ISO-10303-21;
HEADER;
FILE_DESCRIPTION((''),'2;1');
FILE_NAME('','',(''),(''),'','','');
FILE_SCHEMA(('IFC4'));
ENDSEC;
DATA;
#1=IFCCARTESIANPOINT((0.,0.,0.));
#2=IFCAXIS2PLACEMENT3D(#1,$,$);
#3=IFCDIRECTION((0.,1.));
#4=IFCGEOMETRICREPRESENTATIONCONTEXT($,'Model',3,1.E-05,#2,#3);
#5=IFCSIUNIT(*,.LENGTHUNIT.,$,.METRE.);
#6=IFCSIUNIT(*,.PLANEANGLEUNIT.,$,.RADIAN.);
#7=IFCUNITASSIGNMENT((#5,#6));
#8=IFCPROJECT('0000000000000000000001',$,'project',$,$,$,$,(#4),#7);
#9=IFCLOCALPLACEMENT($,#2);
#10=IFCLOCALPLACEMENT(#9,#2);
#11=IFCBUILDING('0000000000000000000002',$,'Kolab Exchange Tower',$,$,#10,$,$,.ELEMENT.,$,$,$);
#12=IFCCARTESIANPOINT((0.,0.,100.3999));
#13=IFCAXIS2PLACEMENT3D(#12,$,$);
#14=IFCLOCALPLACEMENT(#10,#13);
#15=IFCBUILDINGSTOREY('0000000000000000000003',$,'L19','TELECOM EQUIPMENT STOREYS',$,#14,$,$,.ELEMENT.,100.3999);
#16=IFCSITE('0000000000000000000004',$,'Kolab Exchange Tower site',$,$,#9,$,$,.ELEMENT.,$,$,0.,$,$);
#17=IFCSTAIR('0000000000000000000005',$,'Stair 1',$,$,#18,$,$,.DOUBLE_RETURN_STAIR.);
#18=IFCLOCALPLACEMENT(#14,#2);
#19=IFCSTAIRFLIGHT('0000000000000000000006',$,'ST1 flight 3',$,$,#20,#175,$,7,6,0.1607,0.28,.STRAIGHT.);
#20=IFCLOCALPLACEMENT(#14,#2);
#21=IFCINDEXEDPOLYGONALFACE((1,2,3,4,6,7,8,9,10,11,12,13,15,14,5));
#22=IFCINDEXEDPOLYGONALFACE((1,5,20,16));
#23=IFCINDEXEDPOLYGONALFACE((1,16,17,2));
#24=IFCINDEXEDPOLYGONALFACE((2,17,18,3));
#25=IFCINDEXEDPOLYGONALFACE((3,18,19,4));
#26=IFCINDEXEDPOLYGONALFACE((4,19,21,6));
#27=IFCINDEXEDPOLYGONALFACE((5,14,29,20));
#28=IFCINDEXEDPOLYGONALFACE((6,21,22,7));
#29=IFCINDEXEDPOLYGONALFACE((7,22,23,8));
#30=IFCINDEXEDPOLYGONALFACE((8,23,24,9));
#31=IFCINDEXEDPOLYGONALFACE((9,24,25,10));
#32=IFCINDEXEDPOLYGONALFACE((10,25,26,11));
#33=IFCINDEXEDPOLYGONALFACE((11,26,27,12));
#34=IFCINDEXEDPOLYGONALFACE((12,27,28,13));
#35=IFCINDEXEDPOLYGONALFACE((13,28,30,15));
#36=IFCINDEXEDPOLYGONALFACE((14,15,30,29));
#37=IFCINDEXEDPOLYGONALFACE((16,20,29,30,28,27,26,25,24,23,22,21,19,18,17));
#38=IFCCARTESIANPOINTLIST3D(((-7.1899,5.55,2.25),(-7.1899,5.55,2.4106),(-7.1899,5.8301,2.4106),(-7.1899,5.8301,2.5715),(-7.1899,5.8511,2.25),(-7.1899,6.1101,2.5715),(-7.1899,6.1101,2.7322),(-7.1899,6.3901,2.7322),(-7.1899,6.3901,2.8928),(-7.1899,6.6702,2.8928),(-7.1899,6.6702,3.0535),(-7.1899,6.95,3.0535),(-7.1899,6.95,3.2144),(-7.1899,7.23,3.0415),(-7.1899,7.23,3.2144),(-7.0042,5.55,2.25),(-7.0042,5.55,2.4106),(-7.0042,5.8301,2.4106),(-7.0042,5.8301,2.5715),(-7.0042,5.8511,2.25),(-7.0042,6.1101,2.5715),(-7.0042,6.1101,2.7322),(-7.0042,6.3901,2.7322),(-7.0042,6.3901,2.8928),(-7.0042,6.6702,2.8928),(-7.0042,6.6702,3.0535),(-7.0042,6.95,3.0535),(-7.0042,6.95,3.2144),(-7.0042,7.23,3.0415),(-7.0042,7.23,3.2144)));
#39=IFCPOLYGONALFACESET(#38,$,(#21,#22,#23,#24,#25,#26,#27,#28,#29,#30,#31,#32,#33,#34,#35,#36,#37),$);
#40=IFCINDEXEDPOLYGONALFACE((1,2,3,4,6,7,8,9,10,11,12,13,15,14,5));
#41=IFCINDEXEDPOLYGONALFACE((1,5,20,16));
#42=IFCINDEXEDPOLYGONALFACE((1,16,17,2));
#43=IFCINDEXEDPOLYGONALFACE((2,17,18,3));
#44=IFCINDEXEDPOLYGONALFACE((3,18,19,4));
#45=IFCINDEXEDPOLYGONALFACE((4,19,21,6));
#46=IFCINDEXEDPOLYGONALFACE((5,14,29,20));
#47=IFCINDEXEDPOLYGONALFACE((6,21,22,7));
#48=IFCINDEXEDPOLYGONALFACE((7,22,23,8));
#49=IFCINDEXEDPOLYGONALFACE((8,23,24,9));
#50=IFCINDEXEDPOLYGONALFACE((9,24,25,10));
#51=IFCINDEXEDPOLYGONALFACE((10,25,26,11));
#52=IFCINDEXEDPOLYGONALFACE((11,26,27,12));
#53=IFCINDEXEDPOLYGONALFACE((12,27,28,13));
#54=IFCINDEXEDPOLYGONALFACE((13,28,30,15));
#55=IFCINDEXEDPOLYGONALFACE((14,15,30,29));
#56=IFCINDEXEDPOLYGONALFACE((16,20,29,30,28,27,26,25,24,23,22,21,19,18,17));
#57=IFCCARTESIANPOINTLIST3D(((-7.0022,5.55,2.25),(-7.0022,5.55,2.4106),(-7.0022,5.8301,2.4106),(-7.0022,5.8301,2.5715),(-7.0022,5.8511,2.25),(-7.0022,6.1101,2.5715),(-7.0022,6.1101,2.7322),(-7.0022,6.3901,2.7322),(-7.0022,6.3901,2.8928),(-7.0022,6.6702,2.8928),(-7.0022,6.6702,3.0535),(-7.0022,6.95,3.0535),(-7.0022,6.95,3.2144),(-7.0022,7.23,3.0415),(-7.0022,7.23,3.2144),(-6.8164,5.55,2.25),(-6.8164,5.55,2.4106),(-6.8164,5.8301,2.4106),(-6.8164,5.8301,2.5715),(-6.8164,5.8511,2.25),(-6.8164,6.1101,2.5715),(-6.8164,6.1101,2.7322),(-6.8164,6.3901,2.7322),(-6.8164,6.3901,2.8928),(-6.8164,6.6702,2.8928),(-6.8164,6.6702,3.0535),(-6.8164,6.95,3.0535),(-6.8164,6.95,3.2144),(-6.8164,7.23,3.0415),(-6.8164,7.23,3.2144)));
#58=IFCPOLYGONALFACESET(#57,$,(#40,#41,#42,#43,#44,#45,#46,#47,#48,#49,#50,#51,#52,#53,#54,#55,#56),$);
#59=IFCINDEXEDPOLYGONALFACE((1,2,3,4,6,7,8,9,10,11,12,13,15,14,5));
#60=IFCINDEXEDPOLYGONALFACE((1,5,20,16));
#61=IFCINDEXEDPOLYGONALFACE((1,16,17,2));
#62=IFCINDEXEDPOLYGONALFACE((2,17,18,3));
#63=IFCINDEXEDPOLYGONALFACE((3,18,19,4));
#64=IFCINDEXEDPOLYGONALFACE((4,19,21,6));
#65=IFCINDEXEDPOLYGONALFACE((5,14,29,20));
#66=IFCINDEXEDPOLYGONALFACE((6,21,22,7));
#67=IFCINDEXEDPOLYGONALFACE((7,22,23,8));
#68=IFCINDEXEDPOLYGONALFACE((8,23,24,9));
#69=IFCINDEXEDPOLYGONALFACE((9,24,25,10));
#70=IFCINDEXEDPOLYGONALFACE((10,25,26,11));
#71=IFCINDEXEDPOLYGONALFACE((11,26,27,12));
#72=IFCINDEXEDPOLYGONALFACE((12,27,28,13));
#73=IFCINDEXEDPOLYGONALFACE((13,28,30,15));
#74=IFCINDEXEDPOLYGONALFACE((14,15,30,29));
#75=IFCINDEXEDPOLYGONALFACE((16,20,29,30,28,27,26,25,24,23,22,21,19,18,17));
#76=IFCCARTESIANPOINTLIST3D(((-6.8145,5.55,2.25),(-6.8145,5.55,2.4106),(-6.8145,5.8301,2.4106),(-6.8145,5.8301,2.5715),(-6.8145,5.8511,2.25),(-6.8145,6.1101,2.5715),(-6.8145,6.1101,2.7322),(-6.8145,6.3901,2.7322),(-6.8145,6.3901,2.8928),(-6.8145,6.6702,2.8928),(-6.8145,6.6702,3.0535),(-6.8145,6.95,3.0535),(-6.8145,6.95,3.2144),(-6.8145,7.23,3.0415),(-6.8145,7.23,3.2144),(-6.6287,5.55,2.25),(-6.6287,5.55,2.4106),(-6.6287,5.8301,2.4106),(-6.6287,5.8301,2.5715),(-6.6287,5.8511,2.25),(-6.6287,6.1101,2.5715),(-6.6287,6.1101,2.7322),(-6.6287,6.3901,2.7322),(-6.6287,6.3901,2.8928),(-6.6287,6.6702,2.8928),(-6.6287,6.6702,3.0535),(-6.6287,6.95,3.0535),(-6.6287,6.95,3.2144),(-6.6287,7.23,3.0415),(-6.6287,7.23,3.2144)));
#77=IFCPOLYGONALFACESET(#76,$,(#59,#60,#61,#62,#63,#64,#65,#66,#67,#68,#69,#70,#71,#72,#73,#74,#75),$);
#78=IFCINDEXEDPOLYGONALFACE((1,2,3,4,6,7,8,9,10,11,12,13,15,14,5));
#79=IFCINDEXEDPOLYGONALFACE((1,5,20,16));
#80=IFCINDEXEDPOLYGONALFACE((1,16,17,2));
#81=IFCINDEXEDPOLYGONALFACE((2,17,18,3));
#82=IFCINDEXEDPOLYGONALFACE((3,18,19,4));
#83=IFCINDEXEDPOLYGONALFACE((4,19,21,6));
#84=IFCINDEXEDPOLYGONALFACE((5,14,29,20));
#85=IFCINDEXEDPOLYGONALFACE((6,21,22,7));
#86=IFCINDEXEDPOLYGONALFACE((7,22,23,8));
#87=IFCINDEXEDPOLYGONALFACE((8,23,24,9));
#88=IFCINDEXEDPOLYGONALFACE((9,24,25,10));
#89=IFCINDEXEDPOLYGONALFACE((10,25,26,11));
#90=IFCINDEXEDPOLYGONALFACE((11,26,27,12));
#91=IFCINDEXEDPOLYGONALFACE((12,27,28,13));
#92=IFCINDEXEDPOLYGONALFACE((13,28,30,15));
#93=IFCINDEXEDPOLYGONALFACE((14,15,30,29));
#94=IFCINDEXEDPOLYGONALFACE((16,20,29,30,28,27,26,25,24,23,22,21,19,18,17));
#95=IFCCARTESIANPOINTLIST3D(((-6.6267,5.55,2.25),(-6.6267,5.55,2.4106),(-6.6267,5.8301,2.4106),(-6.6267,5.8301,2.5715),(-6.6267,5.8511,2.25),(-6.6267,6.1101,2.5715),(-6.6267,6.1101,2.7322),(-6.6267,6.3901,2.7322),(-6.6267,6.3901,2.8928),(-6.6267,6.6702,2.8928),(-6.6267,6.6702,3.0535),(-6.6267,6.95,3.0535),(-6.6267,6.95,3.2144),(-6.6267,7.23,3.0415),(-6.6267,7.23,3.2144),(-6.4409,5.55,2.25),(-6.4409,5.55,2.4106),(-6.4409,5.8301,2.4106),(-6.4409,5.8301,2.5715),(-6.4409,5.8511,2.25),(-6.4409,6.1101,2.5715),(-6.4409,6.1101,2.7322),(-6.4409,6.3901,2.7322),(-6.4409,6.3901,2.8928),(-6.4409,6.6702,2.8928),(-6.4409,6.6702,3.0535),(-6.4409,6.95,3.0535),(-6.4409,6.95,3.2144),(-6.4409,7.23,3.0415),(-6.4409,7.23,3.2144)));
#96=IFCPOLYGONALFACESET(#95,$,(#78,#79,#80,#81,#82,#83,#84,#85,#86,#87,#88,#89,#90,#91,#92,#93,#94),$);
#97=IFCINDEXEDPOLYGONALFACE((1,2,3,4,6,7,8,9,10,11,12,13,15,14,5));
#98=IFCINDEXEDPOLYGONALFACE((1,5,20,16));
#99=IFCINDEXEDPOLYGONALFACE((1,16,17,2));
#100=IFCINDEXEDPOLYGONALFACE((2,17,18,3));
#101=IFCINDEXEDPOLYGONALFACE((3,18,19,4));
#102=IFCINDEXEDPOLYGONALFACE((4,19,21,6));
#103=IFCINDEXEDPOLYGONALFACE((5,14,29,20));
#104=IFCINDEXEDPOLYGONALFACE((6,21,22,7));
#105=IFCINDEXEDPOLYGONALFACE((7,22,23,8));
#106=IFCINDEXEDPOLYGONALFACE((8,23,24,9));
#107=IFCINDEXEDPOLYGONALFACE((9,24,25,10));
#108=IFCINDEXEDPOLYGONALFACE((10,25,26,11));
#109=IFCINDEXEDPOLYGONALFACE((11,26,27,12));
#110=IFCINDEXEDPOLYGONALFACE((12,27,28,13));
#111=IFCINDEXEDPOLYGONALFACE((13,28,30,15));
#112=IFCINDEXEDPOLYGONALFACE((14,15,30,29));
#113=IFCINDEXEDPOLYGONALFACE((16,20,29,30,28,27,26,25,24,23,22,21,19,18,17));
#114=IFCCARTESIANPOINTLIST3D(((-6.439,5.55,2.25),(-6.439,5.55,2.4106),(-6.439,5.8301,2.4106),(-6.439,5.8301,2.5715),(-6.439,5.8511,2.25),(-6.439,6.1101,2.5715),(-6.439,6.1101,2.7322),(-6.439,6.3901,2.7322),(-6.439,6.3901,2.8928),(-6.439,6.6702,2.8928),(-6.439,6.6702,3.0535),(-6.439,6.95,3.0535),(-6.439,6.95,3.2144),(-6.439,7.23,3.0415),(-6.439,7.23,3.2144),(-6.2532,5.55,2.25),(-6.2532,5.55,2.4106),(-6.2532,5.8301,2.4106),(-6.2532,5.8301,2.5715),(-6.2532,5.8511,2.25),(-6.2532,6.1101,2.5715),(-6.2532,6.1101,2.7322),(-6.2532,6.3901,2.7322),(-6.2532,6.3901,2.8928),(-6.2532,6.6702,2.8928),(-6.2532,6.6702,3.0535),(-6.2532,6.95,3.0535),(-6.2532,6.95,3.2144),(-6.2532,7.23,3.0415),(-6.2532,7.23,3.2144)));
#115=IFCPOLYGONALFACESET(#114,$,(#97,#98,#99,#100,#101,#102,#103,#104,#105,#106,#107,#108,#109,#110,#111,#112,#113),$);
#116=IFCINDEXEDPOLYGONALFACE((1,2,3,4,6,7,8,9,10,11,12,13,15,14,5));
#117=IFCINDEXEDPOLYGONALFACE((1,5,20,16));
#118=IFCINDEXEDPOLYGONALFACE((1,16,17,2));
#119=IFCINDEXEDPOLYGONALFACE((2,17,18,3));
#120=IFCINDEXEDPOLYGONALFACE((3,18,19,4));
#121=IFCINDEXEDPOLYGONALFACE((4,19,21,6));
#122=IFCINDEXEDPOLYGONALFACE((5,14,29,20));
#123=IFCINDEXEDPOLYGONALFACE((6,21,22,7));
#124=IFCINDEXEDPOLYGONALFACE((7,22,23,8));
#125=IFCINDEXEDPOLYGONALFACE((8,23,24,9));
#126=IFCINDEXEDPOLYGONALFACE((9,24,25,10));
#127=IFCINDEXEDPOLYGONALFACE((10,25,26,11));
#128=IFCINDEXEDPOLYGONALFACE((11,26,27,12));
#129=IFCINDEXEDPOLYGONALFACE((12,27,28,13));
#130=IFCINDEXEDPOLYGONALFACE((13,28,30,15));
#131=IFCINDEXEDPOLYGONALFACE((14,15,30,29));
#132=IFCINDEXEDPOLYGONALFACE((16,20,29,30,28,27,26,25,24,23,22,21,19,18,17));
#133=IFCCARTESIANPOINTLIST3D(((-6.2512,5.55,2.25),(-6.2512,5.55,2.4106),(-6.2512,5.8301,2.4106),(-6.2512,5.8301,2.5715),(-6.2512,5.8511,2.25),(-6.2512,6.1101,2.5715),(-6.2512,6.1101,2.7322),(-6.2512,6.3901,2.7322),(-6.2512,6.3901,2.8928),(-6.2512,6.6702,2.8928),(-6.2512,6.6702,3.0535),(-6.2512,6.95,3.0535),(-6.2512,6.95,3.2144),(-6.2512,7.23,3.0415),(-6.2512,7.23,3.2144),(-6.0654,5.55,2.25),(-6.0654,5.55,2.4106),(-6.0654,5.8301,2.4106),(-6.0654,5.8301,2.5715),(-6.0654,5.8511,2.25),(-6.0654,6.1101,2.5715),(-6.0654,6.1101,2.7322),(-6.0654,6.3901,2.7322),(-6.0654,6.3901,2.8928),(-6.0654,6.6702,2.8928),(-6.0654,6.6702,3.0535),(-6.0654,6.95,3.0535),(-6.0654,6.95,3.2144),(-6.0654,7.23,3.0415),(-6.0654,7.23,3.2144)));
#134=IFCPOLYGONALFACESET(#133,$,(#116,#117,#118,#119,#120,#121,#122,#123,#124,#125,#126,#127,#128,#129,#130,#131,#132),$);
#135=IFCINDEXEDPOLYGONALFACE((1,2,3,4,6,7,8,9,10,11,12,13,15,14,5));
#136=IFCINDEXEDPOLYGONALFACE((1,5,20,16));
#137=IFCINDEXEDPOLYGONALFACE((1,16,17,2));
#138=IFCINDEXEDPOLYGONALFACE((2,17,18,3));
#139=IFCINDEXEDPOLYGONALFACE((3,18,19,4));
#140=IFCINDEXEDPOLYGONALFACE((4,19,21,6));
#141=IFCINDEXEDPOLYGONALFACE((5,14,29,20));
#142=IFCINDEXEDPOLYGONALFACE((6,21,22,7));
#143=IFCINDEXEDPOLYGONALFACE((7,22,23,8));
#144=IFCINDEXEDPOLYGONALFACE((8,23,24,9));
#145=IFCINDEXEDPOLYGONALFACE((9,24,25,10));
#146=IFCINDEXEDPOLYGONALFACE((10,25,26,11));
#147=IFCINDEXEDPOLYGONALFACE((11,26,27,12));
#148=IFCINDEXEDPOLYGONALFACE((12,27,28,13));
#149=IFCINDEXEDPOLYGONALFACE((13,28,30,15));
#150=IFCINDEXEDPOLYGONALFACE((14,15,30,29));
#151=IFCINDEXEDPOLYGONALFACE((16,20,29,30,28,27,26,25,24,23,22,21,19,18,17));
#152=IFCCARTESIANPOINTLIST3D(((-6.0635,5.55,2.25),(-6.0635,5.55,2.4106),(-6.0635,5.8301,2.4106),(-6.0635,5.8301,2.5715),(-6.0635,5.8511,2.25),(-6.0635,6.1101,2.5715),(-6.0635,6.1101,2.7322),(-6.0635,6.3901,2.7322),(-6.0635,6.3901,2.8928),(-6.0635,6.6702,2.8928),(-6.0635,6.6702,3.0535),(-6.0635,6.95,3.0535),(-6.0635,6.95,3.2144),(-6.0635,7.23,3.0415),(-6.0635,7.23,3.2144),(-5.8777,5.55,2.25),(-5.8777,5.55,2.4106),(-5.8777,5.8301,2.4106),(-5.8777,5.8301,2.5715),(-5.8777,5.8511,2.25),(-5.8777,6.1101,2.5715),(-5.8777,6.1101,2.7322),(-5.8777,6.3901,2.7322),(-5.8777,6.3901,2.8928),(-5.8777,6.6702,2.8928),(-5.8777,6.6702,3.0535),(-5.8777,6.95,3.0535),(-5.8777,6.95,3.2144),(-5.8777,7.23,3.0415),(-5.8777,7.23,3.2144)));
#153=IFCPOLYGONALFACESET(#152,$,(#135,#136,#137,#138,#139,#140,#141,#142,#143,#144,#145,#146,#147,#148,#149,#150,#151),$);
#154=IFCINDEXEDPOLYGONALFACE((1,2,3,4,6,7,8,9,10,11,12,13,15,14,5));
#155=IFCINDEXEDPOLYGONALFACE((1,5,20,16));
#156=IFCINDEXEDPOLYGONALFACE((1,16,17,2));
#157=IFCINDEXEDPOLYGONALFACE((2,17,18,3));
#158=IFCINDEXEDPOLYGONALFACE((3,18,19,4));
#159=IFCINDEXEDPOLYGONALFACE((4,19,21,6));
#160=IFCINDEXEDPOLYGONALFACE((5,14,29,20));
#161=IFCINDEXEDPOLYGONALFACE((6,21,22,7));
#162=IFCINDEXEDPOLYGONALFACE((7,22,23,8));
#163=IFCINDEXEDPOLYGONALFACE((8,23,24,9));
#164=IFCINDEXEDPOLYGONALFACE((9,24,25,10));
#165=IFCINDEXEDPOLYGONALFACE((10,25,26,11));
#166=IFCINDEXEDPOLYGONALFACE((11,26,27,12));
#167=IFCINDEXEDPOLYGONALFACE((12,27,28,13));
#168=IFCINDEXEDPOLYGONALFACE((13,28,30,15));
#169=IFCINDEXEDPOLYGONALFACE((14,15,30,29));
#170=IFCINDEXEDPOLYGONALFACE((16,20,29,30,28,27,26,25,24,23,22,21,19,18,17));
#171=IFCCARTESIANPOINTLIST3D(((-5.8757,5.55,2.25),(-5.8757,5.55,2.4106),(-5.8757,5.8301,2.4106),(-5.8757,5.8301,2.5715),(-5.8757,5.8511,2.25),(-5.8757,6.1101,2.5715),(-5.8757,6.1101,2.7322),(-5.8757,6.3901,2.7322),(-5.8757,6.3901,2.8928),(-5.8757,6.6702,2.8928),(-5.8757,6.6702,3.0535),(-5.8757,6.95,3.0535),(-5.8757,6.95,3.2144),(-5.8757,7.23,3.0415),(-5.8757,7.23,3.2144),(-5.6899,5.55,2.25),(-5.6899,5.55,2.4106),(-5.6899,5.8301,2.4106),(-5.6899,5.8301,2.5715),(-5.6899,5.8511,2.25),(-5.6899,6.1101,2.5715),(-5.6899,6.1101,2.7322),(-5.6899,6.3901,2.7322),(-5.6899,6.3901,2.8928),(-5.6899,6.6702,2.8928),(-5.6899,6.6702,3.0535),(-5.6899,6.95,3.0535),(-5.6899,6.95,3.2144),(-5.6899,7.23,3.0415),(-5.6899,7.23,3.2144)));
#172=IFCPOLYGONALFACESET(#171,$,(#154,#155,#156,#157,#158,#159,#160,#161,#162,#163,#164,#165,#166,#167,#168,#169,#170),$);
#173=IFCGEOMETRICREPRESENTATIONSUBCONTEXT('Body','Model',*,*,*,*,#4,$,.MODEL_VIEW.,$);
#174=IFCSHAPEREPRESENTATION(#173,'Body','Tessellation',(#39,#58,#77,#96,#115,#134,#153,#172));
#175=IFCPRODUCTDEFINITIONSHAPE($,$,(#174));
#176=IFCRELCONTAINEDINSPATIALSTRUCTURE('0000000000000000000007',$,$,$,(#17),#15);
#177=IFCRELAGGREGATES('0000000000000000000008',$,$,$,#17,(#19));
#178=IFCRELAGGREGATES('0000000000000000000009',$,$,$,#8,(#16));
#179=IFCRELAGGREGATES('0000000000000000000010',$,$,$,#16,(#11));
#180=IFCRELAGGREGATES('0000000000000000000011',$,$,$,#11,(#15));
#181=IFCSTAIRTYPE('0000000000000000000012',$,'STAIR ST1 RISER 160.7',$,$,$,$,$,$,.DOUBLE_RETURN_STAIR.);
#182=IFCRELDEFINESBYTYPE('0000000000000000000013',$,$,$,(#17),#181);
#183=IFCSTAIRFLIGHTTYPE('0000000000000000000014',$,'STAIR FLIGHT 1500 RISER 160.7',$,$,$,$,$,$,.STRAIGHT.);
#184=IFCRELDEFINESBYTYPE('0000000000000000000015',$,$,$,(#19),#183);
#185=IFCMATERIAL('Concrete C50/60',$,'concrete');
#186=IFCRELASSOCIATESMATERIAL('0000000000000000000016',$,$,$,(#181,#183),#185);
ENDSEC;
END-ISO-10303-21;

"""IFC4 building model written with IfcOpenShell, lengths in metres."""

from ifc_helpers import new_model, si_unit, direction, frame, origin, place, context, subcontext, project, spatial, polyline, outline, extrude, material, type_object, element, aggregate, save


model = new_model("IFC4")

# Units and contexts
model_context = context("Model", 3, precision=1e-05, world=origin(), true_north=direction((0.0, 1.0)))
body_context = subcontext(model_context, "Body", "Model", "MODEL_VIEW")
ifc_project = project(units=[si_unit("LENGTHUNIT", "METRE"), si_unit("PLANEANGLEUNIT", "RADIAN")], contexts=[model_context])

# Site, building, storey
site_placement = place(None, origin())
site = spatial("IfcSite", under=ifc_project, at=site_placement, Name="Kolab Exchange Tower site", CompositionType="ELEMENT", RefElevation=0.0)
building_placement = place(site_placement, origin())
building = spatial("IfcBuilding", under=site, at=building_placement, Name="Kolab Exchange Tower", CompositionType="ELEMENT")
storey_placement = place(building_placement, frame((0.0, 0.0, 100.3999)))
storey = spatial("IfcBuildingStorey", under=building, at=storey_placement, Name="L19", Description="TELECOM EQUIPMENT STOREYS", CompositionType="ELEMENT", Elevation=100.3999)

# Shared definitions
ifc_material_1 = material(Name="Concrete C50/60", Category="concrete")

# Stair, stair flight
stair_type = type_object("IfcStairType", Name="STAIR ST1 RISER 160.7", PredefinedType="DOUBLE_RETURN_STAIR", material=ifc_material_1)
stair_placement = place(storey_placement, origin())
stair = element("IfcStair", 1, at=stair_placement, inside=storey, type_object=stair_type, Name="Stair 1", PredefinedType="DOUBLE_RETURN_STAIR")
stair_flight_type = type_object("IfcStairFlightType", Name="STAIR FLIGHT 1500 RISER 160.7", PredefinedType="STRAIGHT", material=ifc_material_1)
stair_flight_1_placement = place(storey_placement, frame((-6.4399, 5.55, 2.25), z_axis=(0.0, 0.0, 1.0), x_axis=(0.0, 1.0, 0.0)))
stair_flight_1 = element("IfcStairFlight", 2, at=stair_flight_1_placement, type_object=stair_flight_type, Name="ST1 flight 3", NumberOfRisers=7, NumberOfTreads=6, PredefinedType="STRAIGHT", RiserHeight=0.1607, TreadLength=0.28, context=body_context, shape_type="SweptSolid", body=[
    extrude(outline(polyline([(0.0, 0.0), (0.0, 0.1606), (0.28, 0.1606), (0.28, 0.3215), (0.5601, 0.3215), (0.5601, 0.4822), (0.8401, 0.4822), (0.8401, 0.6428), (1.1201, 0.6428), (1.1201, 0.8035), (1.3999, 0.8035), (1.3999, 0.9644), (1.6799, 0.9644), (1.6799, 1.125), (1.6799, 0.7915), (0.301, 0.0), (0.0, 0.0)])), frame((0.0, 0.75, 0.0), z_axis=(0.0, -1.0, 0.0), x_axis=(1.0, 0.0, 0.0)), (0.0, 0.0, 1.0), 0.1858),
    extrude(outline(polyline([(0.0, 0.0), (0.0, 0.1606), (0.28, 0.1606), (0.28, 0.3215), (0.5601, 0.3215), (0.5601, 0.4822), (0.8401, 0.4822), (0.8401, 0.6428), (1.1201, 0.6428), (1.1201, 0.8035), (1.3999, 0.8035), (1.3999, 0.9644), (1.6799, 0.9644), (1.6799, 1.125), (1.6799, 0.7915), (0.301, 0.0), (0.0, 0.0)])), frame((0.0, 0.5623, 0.0), z_axis=(0.0, -1.0, 0.0), x_axis=(1.0, 0.0, 0.0)), (0.0, 0.0, 1.0), 0.1858),
    extrude(outline(polyline([(0.0, 0.0), (0.0, 0.1606), (0.28, 0.1606), (0.28, 0.3215), (0.5601, 0.3215), (0.5601, 0.4822), (0.8401, 0.4822), (0.8401, 0.6428), (1.1201, 0.6428), (1.1201, 0.8035), (1.3999, 0.8035), (1.3999, 0.9644), (1.6799, 0.9644), (1.6799, 1.125), (1.6799, 0.7915), (0.301, 0.0), (0.0, 0.0)])), frame((0.0, 0.3745, 0.0), z_axis=(0.0, -1.0, 0.0), x_axis=(1.0, 0.0, 0.0)), (0.0, 0.0, 1.0), 0.1858),
    extrude(outline(polyline([(0.0, 0.0), (0.0, 0.1606), (0.28, 0.1606), (0.28, 0.3215), (0.5601, 0.3215), (0.5601, 0.4822), (0.8401, 0.4822), (0.8401, 0.6428), (1.1201, 0.6428), (1.1201, 0.8035), (1.3999, 0.8035), (1.3999, 0.9644), (1.6799, 0.9644), (1.6799, 1.125), (1.6799, 0.7915), (0.301, 0.0), (0.0, 0.0)])), frame((0.0, 0.1868, 0.0), z_axis=(0.0, -1.0, 0.0), x_axis=(1.0, 0.0, 0.0)), (0.0, 0.0, 1.0), 0.1858),
    extrude(outline(polyline([(0.0, 0.0), (0.0, 0.1606), (0.28, 0.1606), (0.28, 0.3215), (0.5601, 0.3215), (0.5601, 0.4822), (0.8401, 0.4822), (0.8401, 0.6428), (1.1201, 0.6428), (1.1201, 0.8035), (1.3999, 0.8035), (1.3999, 0.9644), (1.6799, 0.9644), (1.6799, 1.125), (1.6799, 0.7915), (0.301, 0.0), (0.0, 0.0)])), frame((0.0, -0.001, 0.0), z_axis=(0.0, -1.0, 0.0), x_axis=(1.0, 0.0, 0.0)), (0.0, 0.0, 1.0), 0.1858),
    extrude(outline(polyline([(0.0, 0.0), (0.0, 0.1606), (0.28, 0.1606), (0.28, 0.3215), (0.5601, 0.3215), (0.5601, 0.4822), (0.8401, 0.4822), (0.8401, 0.6428), (1.1201, 0.6428), (1.1201, 0.8035), (1.3999, 0.8035), (1.3999, 0.9644), (1.6799, 0.9644), (1.6799, 1.125), (1.6799, 0.7915), (0.301, 0.0), (0.0, 0.0)])), frame((0.0, -0.1887, 0.0), z_axis=(0.0, -1.0, 0.0), x_axis=(1.0, 0.0, 0.0)), (0.0, 0.0, 1.0), 0.1858),
    extrude(outline(polyline([(0.0, 0.0), (0.0, 0.1606), (0.28, 0.1606), (0.28, 0.3215), (0.5601, 0.3215), (0.5601, 0.4822), (0.8401, 0.4822), (0.8401, 0.6428), (1.1201, 0.6428), (1.1201, 0.8035), (1.3999, 0.8035), (1.3999, 0.9644), (1.6799, 0.9644), (1.6799, 1.125), (1.6799, 0.7915), (0.301, 0.0), (0.0, 0.0)])), frame((0.0, -0.3765, 0.0), z_axis=(0.0, -1.0, 0.0), x_axis=(1.0, 0.0, 0.0)), (0.0, 0.0, 1.0), 0.1858),
    extrude(outline(polyline([(0.0, 0.0), (0.0, 0.1606), (0.28, 0.1606), (0.28, 0.3215), (0.5601, 0.3215), (0.5601, 0.4822), (0.8401, 0.4822), (0.8401, 0.6428), (1.1201, 0.6428), (1.1201, 0.8035), (1.3999, 0.8035), (1.3999, 0.9644), (1.6799, 0.9644), (1.6799, 1.125), (1.6799, 0.7915), (0.301, 0.0), (0.0, 0.0)])), frame((0.0, -0.5642, 0.0), z_axis=(0.0, -1.0, 0.0), x_axis=(1.0, 0.0, 0.0)), (0.0, 0.0, 1.0), 0.1858),
])
aggregate(stair, [stair_flight_1])

save(model, "model.ifc")
